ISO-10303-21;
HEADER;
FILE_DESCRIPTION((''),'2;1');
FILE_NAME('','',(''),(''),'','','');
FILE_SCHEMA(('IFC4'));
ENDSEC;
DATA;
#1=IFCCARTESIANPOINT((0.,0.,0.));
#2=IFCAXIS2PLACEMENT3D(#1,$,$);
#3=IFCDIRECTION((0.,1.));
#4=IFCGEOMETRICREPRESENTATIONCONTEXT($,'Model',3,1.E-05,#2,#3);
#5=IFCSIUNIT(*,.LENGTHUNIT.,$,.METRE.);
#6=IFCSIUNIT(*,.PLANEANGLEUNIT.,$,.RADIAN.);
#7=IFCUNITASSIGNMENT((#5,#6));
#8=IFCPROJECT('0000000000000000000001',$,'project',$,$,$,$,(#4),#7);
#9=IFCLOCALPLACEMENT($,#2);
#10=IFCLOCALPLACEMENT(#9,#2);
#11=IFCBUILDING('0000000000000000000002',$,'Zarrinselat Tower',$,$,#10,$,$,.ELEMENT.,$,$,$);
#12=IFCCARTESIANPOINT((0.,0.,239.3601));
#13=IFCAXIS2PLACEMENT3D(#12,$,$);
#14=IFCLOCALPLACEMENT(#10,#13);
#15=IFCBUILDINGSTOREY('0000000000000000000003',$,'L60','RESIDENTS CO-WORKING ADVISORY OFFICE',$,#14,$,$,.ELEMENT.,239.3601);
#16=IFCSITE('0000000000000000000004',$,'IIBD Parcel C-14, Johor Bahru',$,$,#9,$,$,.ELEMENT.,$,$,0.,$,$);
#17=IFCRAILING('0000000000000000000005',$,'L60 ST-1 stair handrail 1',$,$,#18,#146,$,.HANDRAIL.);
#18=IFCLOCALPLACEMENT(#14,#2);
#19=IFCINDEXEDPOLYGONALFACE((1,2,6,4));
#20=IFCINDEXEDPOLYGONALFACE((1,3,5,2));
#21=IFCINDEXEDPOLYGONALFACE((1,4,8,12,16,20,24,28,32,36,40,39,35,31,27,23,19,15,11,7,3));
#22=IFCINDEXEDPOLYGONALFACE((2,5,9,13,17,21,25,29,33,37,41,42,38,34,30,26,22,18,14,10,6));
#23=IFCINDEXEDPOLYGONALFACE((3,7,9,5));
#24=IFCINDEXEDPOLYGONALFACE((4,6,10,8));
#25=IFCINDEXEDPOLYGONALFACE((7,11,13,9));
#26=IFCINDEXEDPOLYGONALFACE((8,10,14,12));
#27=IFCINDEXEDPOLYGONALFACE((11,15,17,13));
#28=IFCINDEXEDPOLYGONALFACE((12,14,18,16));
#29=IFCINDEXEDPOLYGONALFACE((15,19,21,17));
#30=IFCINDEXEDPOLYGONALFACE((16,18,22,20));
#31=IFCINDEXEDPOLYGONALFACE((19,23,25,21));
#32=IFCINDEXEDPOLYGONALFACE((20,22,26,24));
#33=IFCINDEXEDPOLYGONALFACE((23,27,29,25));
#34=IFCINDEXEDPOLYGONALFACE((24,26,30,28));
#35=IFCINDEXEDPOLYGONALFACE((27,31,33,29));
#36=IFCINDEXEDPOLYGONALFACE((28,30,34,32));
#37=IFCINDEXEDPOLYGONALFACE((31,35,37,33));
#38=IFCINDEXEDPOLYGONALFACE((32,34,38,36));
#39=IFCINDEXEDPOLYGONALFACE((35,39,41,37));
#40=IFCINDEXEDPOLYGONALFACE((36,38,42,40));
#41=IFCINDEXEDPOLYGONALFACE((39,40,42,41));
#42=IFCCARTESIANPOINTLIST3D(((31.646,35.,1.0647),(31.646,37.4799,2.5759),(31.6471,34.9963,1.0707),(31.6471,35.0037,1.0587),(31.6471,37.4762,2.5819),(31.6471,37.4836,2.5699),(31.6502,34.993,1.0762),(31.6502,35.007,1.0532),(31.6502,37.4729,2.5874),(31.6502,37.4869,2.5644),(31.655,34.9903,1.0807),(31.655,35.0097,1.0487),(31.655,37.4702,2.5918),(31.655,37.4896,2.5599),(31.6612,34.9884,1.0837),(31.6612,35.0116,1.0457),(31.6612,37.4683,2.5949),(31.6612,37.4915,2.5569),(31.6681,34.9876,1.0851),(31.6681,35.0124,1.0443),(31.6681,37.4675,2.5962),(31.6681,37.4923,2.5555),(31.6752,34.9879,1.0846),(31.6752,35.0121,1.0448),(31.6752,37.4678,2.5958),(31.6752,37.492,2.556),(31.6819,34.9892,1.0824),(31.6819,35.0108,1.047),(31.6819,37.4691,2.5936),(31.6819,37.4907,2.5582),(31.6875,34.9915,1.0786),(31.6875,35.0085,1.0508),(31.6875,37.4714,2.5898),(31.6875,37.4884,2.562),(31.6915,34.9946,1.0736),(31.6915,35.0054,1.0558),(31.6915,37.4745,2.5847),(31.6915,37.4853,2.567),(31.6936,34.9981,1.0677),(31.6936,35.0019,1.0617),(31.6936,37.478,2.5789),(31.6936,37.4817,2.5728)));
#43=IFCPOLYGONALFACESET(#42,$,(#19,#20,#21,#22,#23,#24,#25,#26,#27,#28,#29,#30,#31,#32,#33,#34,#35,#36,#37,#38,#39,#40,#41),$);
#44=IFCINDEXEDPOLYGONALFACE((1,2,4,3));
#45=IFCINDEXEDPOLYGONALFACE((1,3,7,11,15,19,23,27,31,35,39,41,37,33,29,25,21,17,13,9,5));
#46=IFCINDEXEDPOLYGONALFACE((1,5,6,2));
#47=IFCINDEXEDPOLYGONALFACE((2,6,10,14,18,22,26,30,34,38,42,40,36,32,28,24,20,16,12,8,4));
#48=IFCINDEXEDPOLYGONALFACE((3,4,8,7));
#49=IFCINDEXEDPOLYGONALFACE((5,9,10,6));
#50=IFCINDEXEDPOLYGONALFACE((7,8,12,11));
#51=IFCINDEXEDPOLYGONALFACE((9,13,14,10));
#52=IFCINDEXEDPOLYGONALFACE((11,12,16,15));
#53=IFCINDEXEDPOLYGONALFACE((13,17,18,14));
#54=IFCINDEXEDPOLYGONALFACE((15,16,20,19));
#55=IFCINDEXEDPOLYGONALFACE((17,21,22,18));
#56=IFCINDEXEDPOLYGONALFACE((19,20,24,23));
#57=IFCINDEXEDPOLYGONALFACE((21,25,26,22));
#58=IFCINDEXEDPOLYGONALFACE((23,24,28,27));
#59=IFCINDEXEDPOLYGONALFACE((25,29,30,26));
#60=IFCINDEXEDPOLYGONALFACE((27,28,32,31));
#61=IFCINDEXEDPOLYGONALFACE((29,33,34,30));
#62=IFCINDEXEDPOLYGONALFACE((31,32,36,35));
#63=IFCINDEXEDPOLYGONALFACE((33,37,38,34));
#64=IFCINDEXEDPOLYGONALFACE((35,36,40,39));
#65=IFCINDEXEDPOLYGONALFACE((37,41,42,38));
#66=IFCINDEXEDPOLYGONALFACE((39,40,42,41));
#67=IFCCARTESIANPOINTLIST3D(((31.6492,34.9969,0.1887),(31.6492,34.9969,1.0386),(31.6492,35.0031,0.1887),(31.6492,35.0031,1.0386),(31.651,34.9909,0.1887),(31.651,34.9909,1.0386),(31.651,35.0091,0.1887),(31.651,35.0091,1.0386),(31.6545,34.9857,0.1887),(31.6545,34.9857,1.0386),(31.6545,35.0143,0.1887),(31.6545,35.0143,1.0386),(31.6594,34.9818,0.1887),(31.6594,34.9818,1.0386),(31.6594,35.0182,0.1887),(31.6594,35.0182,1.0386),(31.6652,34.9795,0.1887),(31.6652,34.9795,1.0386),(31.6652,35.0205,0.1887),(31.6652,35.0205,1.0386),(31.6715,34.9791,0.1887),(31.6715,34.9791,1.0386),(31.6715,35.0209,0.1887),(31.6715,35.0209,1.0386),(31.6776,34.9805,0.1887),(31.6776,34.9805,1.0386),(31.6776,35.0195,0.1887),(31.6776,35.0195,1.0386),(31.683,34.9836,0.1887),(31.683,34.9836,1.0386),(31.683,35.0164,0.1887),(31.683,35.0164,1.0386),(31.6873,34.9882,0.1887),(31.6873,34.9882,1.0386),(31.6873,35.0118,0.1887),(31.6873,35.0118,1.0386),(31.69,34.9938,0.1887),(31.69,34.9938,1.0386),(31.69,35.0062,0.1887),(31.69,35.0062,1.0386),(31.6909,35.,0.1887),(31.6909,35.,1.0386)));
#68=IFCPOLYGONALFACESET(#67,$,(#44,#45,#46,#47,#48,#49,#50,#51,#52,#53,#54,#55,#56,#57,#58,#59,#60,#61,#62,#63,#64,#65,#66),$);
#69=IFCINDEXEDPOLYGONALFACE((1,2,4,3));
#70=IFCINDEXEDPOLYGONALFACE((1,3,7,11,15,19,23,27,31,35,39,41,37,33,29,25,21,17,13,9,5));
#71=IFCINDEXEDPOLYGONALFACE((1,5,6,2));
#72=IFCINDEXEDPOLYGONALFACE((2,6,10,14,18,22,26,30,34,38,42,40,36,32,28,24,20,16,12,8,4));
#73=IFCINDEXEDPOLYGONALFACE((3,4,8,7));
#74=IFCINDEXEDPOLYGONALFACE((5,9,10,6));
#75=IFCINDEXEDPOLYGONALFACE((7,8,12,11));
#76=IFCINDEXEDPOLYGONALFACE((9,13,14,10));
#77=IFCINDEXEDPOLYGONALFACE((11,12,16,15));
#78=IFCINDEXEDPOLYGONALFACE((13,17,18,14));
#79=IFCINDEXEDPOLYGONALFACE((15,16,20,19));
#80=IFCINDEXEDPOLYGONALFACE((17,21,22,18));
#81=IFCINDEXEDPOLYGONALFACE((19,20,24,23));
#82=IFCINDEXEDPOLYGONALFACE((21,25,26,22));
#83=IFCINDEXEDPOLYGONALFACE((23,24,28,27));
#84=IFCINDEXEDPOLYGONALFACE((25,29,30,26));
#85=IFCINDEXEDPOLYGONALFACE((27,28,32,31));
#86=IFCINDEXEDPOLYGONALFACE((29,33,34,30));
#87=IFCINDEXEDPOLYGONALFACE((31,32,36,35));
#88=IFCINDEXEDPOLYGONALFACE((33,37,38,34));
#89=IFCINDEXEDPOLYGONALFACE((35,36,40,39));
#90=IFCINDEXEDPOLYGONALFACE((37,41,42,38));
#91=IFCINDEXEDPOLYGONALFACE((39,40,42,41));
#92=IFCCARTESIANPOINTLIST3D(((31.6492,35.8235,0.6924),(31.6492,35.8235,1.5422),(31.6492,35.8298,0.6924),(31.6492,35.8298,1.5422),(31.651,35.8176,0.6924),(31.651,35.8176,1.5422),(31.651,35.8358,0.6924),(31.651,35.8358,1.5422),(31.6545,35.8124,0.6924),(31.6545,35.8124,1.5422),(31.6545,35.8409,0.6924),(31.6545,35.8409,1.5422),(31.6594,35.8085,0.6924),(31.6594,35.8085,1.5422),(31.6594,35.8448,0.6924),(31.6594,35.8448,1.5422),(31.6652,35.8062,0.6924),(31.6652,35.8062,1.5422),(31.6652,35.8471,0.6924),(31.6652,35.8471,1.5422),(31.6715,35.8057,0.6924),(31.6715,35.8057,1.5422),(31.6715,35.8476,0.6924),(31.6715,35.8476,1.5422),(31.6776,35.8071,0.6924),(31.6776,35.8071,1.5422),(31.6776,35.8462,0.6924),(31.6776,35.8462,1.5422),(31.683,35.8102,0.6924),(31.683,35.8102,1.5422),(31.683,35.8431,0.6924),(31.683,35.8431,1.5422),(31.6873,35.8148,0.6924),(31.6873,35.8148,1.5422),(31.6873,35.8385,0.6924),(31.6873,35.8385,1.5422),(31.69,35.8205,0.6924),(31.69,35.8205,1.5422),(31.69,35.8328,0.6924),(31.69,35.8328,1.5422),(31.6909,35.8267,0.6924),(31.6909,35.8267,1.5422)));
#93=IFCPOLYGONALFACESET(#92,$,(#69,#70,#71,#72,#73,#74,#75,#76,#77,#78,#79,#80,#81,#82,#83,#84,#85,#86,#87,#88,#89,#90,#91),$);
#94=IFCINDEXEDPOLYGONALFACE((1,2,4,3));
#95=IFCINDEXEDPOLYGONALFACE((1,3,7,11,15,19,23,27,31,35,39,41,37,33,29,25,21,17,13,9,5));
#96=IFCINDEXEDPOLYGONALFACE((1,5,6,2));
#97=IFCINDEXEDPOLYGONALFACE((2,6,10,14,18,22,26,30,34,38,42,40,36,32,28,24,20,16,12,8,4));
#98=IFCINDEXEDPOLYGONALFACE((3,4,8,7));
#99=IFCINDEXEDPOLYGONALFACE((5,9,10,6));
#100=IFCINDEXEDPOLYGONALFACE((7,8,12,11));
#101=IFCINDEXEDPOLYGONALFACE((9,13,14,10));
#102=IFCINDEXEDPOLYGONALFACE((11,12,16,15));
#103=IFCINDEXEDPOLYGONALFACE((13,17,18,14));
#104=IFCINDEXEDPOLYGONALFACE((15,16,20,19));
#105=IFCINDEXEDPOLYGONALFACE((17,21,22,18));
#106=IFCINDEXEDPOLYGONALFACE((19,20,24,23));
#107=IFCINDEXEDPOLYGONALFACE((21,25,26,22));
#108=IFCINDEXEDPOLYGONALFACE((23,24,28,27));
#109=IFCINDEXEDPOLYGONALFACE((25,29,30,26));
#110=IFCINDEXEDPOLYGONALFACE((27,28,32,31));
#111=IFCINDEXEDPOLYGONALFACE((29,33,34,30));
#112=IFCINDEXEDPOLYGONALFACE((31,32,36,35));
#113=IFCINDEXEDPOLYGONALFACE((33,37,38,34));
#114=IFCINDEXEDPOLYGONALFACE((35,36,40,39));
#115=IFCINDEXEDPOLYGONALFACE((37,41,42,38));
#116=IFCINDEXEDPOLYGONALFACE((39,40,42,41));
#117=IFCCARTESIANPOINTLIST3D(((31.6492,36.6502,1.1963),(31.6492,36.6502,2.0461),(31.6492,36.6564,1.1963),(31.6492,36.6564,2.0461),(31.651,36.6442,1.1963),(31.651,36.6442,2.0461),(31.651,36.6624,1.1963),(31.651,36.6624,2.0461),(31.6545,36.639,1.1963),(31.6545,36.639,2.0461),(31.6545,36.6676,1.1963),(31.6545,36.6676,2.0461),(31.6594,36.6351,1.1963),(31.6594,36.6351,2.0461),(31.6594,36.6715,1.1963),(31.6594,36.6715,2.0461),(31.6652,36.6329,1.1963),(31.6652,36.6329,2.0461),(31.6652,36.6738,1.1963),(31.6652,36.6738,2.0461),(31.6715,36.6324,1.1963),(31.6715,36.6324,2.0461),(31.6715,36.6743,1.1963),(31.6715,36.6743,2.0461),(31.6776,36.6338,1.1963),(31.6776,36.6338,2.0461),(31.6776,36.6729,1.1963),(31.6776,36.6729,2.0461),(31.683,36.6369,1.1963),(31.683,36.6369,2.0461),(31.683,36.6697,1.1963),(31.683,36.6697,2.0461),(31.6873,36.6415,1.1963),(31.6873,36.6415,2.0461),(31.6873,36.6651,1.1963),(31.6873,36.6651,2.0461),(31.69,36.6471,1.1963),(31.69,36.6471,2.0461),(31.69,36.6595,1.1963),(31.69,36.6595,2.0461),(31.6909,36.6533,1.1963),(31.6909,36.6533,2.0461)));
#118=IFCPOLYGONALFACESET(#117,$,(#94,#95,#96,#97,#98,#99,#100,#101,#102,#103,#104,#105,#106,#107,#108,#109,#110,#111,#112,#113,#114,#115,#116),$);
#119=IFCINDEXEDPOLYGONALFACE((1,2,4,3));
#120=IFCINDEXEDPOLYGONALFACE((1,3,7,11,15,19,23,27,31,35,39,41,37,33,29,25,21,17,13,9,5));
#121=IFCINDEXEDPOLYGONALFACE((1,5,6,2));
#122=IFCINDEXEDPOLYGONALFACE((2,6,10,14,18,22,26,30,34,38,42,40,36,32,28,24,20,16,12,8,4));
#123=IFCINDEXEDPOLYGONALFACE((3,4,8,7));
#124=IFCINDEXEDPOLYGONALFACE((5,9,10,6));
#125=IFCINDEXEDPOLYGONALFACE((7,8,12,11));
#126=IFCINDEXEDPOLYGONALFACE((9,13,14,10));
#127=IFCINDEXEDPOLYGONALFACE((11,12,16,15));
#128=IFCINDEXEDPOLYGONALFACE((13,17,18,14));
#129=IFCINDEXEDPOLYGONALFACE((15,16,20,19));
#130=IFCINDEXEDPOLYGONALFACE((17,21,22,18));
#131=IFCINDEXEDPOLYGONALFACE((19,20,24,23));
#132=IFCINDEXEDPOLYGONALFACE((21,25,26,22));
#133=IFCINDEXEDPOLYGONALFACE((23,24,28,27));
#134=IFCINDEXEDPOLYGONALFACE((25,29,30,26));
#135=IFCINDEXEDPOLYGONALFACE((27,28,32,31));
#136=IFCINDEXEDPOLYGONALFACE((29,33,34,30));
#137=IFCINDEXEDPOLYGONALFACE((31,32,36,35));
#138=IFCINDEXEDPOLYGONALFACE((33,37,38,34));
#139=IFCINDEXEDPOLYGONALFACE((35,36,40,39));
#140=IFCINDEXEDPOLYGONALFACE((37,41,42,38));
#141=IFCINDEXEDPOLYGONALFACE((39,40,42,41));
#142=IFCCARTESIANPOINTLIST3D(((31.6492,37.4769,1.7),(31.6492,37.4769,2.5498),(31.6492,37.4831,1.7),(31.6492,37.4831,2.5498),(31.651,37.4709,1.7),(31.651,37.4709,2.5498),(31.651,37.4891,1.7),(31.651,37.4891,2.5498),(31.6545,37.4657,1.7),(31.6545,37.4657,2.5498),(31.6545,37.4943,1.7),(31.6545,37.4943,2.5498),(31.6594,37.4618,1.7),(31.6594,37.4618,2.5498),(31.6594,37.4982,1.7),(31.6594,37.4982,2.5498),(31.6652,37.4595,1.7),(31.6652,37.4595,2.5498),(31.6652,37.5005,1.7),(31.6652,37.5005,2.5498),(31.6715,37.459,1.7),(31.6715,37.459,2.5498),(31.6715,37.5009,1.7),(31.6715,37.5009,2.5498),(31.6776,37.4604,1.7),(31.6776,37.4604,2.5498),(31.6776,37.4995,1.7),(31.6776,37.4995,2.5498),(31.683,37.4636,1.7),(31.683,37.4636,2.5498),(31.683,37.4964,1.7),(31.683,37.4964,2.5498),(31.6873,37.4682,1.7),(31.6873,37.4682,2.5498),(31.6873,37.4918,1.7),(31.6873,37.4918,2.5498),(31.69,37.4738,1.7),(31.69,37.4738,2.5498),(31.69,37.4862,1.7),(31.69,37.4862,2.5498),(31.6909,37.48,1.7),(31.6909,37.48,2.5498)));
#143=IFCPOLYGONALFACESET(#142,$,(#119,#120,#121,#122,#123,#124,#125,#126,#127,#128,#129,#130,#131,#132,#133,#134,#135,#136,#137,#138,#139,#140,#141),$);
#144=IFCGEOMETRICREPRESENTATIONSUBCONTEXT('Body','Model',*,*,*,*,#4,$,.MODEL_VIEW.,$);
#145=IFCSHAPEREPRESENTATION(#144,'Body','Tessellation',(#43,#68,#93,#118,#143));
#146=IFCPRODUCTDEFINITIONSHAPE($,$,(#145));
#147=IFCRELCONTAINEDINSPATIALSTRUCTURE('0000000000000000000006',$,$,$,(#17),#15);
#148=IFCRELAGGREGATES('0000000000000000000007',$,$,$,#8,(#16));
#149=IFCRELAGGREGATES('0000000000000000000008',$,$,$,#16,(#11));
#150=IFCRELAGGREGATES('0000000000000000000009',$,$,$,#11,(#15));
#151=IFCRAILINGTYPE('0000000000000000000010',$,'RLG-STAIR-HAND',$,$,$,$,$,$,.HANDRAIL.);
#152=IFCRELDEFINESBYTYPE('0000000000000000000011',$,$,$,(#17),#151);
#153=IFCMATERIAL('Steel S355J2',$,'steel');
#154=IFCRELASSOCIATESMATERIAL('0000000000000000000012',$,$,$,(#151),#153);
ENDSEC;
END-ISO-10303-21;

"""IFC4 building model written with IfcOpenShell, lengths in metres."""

from ifc_helpers import new_model, si_unit, direction, frame, origin, origin_2d, place, context, subcontext, project, spatial, circle, extrude, material, type_object, element, save


model = new_model("IFC4")

# Units and contexts
model_context = context("Model", 3, precision=1e-05, world=origin(), true_north=direction((0.0, 1.0)))
body_context = subcontext(model_context, "Body", "Model", "MODEL_VIEW")
ifc_project = project(units=[si_unit("LENGTHUNIT", "METRE"), si_unit("PLANEANGLEUNIT", "RADIAN")], contexts=[model_context])

# Site, building, storey
site_placement = place(None, origin())
site = spatial("IfcSite", under=ifc_project, at=site_placement, Name="IIBD Parcel C-14, Johor Bahru", CompositionType="ELEMENT", RefElevation=0.0)
building_placement = place(site_placement, origin())
building = spatial("IfcBuilding", under=site, at=building_placement, Name="Zarrinselat Tower", CompositionType="ELEMENT")
storey_placement = place(building_placement, frame((0.0, 0.0, 239.3601)))
storey = spatial("IfcBuildingStorey", under=building, at=storey_placement, Name="L60", Description="RESIDENTS CO-WORKING ADVISORY OFFICE", CompositionType="ELEMENT", Elevation=239.3601)

# Railing
ifc_material_1 = material(Name="Steel S355J2", Category="steel")
railing_type_1 = type_object("IfcRailingType", Name="RLG-STAIR-HAND", PredefinedType="HANDRAIL", material=ifc_material_1)
railing_1_placement = place(storey_placement, frame((31.6699, 35.0, 0.1887)))
element("IfcRailing", 1, at=railing_1_placement, inside=storey, type_object=railing_type_1, Name="L60 ST-1 stair handrail 1", PredefinedType="HANDRAIL", context=body_context, shape_type="SweptSolid", body=[
    extrude(circle(Radius=0.0239, at=origin_2d()), frame((0.0, 0.0, 0.876), z_axis=(0.0, 0.853942, 0.520368), x_axis=(-1.0, 0.0, 0.0)), (0.0, 0.0, 1.0), 2.9041),
    extrude(circle(Radius=0.021, at=origin_2d()), origin(), (0.0, 0.0, 1.0), 0.8499),
    extrude(circle(Radius=0.021, at=origin_2d()), frame((0.0, 0.8267, 0.5037)), (0.0, 0.0, 1.0), 0.8499),
    extrude(circle(Radius=0.021, at=origin_2d()), frame((0.0, 1.6533, 1.0076)), (0.0, 0.0, 1.0), 0.8499),
    extrude(circle(Radius=0.021, at=origin_2d()), frame((0.0, 2.48, 1.5112)), (0.0, 0.0, 1.0), 0.8499),
])

save(model, "model.ifc")
